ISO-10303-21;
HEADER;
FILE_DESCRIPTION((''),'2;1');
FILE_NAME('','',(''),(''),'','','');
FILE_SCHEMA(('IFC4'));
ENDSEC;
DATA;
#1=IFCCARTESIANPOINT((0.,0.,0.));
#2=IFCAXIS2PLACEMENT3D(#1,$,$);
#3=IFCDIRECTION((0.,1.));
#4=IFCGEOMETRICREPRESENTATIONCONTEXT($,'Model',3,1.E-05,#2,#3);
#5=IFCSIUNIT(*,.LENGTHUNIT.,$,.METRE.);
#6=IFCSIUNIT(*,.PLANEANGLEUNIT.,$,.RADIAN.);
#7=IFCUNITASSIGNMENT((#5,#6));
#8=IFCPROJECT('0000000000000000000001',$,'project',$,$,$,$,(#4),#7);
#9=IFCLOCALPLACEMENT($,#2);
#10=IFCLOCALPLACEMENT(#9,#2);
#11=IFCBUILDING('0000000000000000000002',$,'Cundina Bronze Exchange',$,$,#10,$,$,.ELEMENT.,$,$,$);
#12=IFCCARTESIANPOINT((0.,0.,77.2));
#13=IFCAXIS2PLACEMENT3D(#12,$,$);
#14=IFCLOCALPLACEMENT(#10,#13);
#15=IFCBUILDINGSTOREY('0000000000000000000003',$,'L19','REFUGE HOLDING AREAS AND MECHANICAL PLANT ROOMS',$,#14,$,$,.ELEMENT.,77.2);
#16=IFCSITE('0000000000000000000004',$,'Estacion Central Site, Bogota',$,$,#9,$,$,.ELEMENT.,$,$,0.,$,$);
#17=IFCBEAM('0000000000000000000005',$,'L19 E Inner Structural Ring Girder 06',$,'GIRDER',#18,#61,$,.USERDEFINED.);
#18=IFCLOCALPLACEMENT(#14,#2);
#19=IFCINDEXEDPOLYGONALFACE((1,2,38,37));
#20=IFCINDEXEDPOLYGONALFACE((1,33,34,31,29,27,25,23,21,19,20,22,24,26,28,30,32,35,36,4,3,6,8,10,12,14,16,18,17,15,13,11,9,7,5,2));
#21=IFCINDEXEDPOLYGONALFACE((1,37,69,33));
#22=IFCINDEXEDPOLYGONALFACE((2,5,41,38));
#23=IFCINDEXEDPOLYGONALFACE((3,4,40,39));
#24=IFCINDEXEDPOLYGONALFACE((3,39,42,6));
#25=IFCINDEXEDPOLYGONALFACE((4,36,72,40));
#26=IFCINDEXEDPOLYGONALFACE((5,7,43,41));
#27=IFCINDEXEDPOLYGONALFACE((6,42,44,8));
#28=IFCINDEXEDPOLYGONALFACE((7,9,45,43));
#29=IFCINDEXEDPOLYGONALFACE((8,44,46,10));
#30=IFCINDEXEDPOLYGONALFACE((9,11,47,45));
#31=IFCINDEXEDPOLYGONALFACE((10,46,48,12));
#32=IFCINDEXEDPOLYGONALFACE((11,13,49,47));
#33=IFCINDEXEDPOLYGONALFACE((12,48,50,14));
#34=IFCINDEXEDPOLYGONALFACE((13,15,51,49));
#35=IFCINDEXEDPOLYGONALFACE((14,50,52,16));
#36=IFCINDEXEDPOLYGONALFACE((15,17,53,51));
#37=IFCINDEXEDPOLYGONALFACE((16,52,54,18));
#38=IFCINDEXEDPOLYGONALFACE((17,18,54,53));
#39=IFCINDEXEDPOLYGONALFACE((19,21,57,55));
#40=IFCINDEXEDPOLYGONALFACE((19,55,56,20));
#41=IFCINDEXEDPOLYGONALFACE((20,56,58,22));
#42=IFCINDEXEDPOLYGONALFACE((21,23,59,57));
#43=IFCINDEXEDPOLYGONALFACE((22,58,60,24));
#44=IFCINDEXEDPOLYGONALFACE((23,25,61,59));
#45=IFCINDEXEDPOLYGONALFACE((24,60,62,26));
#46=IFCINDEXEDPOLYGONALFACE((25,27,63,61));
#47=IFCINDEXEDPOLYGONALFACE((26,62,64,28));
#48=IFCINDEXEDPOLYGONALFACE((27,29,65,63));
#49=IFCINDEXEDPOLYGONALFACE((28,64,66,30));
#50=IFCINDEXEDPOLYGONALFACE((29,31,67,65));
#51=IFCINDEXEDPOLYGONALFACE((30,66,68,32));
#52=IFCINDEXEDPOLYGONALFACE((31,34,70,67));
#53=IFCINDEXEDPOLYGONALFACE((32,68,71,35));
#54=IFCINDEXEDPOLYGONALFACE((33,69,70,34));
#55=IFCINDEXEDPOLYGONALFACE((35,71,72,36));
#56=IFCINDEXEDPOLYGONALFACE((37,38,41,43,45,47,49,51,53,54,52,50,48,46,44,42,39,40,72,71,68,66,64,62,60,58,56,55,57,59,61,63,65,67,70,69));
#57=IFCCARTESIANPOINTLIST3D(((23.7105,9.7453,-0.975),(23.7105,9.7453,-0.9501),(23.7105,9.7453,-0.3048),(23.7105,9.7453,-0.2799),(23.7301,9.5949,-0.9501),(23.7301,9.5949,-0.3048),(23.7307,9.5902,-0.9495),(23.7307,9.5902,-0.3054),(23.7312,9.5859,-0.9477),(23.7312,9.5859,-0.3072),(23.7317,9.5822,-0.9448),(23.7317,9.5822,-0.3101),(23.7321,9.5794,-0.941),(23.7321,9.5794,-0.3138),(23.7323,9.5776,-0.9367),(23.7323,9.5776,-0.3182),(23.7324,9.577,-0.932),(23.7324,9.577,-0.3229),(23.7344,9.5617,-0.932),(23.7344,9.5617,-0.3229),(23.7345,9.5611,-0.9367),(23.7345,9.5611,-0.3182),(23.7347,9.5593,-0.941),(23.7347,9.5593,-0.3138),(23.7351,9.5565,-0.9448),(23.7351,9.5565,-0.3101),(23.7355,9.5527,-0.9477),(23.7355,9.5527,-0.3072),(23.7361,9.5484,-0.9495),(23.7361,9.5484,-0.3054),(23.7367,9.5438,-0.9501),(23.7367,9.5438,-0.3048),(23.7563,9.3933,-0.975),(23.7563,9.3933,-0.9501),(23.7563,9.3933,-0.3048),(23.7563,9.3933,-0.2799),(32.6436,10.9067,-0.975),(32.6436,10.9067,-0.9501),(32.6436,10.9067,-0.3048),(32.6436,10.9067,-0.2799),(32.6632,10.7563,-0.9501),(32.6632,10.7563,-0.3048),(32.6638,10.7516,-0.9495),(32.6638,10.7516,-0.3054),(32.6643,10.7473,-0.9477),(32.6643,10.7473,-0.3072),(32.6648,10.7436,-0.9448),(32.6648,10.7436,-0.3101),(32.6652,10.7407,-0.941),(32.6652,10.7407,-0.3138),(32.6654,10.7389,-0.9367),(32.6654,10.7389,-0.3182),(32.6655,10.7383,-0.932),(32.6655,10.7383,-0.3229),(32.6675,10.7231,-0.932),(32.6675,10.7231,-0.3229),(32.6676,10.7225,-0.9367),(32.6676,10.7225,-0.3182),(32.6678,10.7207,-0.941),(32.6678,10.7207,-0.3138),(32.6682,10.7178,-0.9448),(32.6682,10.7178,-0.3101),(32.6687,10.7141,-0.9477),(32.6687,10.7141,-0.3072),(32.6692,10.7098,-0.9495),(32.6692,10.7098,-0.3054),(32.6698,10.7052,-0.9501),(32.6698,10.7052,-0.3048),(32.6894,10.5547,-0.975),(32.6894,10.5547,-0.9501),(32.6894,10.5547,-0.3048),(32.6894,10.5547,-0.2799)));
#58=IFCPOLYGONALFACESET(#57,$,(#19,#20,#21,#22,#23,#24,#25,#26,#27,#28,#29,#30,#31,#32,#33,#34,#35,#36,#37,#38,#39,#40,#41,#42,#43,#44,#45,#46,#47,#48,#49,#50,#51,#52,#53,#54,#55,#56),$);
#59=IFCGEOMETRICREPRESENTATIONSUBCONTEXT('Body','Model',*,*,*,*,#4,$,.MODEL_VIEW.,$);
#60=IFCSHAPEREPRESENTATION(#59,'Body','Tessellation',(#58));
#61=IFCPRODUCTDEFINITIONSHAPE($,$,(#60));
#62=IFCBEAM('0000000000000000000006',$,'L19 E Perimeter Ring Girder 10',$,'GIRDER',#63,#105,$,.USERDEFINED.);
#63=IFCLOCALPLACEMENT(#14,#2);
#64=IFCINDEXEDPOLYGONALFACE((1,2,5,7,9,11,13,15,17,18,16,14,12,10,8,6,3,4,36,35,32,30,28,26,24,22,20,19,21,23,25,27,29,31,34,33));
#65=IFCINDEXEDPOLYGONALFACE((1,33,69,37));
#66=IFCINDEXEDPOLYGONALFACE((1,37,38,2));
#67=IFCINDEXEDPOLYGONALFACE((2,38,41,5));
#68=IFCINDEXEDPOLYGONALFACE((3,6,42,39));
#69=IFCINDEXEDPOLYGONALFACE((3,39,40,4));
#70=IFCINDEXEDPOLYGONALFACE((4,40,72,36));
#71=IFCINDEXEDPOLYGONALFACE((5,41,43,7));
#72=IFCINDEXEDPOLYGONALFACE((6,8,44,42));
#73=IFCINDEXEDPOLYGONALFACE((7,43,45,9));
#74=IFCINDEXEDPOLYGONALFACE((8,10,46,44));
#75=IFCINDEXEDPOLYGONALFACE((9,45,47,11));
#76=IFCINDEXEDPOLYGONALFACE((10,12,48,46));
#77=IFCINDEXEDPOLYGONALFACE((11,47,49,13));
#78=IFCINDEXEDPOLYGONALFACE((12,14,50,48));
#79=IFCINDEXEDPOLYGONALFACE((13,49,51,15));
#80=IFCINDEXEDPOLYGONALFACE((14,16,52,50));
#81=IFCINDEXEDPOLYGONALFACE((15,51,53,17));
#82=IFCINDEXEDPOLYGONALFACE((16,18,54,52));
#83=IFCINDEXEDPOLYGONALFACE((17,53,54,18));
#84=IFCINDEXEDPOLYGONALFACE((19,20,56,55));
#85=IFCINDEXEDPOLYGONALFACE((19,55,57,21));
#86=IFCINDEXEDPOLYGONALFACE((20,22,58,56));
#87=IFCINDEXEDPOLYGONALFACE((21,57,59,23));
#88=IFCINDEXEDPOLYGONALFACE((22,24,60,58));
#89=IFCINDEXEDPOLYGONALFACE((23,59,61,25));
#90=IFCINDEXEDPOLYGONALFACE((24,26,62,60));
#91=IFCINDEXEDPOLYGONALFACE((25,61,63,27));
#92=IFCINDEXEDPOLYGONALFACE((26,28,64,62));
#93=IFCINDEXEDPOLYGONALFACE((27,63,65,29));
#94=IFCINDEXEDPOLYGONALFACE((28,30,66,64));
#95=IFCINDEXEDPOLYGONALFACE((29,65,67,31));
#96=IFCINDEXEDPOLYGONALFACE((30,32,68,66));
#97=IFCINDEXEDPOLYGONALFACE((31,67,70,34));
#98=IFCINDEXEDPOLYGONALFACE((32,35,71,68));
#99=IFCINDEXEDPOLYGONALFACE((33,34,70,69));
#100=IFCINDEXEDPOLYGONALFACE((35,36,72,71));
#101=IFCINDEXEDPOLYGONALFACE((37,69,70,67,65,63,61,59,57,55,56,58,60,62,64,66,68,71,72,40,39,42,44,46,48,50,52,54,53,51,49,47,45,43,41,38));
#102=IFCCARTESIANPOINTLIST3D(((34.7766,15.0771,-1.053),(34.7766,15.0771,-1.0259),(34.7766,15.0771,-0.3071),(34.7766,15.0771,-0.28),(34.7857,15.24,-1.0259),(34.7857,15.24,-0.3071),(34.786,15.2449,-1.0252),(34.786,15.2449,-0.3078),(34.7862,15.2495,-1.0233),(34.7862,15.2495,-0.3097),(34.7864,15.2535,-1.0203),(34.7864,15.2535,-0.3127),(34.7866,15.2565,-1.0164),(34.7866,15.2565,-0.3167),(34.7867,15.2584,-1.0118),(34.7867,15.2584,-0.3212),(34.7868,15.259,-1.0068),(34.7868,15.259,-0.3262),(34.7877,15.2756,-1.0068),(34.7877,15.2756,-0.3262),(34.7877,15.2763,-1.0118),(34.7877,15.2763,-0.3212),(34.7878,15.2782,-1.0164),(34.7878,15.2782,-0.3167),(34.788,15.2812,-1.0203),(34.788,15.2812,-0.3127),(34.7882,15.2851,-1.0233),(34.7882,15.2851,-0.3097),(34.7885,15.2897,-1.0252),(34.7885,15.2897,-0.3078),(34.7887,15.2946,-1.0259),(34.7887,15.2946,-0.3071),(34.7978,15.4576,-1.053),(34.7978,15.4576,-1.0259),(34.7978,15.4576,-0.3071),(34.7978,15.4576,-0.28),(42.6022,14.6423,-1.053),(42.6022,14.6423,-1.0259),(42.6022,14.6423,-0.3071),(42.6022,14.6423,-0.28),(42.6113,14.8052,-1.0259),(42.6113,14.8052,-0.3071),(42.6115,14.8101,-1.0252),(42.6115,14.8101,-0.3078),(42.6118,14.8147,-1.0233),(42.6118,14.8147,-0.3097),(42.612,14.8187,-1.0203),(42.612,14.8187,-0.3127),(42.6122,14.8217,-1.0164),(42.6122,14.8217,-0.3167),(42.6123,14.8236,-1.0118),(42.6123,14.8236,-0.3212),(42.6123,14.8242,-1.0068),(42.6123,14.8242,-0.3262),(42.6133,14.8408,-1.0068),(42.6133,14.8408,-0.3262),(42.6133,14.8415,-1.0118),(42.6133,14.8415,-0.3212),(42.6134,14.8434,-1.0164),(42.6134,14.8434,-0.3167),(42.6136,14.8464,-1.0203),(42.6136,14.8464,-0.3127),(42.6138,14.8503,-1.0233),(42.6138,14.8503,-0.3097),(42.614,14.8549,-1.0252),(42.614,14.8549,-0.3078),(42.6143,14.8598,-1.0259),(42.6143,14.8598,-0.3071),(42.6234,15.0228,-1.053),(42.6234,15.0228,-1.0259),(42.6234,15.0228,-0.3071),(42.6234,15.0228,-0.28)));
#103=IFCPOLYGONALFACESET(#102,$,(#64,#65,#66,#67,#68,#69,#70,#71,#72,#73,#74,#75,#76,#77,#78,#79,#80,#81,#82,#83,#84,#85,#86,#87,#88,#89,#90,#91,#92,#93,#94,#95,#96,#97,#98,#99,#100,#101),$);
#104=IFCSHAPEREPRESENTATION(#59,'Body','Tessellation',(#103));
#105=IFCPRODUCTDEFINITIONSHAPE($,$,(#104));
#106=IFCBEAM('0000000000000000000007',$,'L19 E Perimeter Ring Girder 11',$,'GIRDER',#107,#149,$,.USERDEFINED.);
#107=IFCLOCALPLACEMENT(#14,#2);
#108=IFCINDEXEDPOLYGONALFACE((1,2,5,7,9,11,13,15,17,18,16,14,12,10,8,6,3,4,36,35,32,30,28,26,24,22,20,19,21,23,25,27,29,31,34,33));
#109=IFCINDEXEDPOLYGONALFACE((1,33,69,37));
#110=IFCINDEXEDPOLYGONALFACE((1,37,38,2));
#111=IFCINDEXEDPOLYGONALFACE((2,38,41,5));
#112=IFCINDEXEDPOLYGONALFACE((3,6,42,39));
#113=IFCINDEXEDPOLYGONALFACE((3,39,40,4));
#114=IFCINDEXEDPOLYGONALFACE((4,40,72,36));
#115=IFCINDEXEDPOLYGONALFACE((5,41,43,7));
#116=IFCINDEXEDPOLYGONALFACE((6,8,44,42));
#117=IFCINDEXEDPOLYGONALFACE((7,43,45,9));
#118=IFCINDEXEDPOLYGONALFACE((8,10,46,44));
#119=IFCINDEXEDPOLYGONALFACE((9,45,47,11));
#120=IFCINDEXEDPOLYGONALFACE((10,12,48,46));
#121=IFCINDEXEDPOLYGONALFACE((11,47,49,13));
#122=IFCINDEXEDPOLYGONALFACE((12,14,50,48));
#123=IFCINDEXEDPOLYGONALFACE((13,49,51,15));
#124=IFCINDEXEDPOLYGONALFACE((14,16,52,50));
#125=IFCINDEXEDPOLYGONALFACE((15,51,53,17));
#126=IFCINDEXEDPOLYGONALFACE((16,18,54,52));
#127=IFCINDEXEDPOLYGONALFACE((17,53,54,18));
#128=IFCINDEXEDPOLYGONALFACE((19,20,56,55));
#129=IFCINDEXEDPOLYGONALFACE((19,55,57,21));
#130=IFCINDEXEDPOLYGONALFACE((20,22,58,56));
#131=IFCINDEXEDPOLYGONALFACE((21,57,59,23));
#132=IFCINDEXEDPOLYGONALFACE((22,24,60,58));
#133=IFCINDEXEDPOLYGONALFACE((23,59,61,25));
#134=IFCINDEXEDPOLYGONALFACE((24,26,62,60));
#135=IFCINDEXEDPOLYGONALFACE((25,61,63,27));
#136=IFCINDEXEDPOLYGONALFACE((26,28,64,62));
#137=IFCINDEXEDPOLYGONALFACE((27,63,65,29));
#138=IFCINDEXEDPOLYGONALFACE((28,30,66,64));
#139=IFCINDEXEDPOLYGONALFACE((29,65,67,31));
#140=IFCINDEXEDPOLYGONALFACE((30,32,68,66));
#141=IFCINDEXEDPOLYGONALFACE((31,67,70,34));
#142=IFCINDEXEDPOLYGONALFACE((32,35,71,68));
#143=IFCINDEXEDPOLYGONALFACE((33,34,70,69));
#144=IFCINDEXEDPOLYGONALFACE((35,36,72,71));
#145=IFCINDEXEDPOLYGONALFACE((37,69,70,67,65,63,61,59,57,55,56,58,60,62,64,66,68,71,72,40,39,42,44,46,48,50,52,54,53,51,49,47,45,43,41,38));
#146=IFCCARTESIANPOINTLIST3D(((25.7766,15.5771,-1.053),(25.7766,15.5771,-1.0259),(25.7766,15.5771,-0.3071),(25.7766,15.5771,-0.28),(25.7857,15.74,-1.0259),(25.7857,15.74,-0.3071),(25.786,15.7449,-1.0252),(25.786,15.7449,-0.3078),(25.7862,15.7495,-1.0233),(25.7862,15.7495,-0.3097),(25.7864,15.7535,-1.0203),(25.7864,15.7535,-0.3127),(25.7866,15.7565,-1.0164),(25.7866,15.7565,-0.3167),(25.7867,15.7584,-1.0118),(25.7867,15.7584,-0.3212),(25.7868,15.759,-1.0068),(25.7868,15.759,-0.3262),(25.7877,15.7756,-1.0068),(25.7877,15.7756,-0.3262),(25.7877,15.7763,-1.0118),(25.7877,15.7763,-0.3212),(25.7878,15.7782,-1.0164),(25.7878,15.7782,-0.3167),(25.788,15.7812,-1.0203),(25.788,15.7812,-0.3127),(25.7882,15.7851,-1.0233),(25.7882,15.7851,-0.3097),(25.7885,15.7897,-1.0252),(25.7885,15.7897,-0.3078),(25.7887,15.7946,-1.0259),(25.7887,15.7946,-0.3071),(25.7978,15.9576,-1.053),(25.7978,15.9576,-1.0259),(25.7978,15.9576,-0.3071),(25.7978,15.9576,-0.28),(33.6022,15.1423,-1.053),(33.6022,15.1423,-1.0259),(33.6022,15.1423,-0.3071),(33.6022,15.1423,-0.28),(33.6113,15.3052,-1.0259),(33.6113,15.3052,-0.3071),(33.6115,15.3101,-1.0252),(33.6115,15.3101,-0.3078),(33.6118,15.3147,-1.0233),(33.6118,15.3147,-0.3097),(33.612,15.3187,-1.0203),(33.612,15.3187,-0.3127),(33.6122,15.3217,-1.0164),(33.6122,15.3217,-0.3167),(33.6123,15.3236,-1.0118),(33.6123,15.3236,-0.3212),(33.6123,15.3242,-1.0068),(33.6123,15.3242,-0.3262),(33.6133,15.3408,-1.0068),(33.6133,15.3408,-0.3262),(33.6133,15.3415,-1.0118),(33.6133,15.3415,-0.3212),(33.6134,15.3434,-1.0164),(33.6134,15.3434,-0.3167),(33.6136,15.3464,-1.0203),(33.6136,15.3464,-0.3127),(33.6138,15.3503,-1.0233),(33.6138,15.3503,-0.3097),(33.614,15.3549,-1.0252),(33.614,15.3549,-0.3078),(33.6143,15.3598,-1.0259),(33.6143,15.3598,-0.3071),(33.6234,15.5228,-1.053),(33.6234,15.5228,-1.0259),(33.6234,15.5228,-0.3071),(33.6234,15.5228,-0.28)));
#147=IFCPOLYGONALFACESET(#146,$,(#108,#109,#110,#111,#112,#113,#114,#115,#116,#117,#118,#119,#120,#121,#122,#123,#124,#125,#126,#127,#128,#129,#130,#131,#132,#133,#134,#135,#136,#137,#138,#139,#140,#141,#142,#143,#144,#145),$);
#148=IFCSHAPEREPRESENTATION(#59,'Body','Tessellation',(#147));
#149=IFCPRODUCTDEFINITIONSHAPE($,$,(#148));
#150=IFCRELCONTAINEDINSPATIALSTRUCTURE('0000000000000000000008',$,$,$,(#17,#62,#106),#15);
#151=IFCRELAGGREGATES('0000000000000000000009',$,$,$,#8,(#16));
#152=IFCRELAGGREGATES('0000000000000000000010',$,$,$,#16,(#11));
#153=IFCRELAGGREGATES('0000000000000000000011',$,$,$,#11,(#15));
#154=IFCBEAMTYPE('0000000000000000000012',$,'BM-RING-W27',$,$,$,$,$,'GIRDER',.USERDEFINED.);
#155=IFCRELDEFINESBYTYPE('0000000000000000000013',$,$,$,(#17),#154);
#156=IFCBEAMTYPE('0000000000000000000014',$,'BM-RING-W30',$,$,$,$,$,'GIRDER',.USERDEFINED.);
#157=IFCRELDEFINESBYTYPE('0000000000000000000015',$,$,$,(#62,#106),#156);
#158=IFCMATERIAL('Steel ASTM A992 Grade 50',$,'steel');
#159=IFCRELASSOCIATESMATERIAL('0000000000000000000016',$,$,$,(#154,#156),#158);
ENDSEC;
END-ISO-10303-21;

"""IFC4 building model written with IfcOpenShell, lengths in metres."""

from ifc_helpers import new_model, si_unit, direction, frame, origin, origin_2d, place, context, subcontext, project, spatial, i_section, extrude, material, material_profile, profile_set, type_object, element, save


model = new_model("IFC4")

# Units and contexts
model_context = context("Model", 3, precision=1e-05, world=origin(), true_north=direction((0.0, 1.0)))
body_context = subcontext(model_context, "Body", "Model", "MODEL_VIEW")
ifc_project = project(units=[si_unit("LENGTHUNIT", "METRE"), si_unit("PLANEANGLEUNIT", "RADIAN")], contexts=[model_context])

# Site, building, storey
site_placement = place(None, origin())
site = spatial("IfcSite", under=ifc_project, at=site_placement, Name="Estacion Central Site, Bogota", CompositionType="ELEMENT", RefElevation=0.0)
building_placement = place(site_placement, origin())
building = spatial("IfcBuilding", under=site, at=building_placement, Name="Cundina Bronze Exchange", CompositionType="ELEMENT")
storey_placement = place(building_placement, frame((0.0, 0.0, 77.2)))
storey = spatial("IfcBuildingStorey", under=building, at=storey_placement, Name="L19", Description="REFUGE HOLDING AREAS AND MECHANICAL PLANT ROOMS", CompositionType="ELEMENT", Elevation=77.2)

# Beams
ifc_material_1 = material(Name="Steel ASTM A992 Grade 50", Category="steel")
ifc_material_profile_1 = material_profile(ifc_material_1, i_section(OverallWidth=0.355, OverallDepth=0.6951, WebThickness=0.0154, FlangeThickness=0.0249, FilletRadius=0.0181, at=origin_2d()), Name="W27X146", Category="steel")
ifc_profile_set_1 = profile_set([ifc_material_profile_1], Name="Steel ASTM A992 Grade 50")
beam_type_1 = type_object("IfcBeamType", Name="BM-RING-W27", ElementType="GIRDER", PredefinedType="USERDEFINED", material=ifc_profile_set_1)
beam_1_placement = place(storey_placement, frame((32.6665, 10.7307, -0.6274), z_axis=(-0.991655, -0.128923, 0.0), x_axis=(0.128923, -0.991655, 0.0)))
element("IfcBeam", 1, at=beam_1_placement, inside=storey, type_object=beam_type_1, Name="L19 E Inner Structural Ring Girder 06", ObjectType="GIRDER", PredefinedType="USERDEFINED", context=body_context, shape_type="SweptSolid", body=[
    extrude(i_section(OverallWidth=0.355, OverallDepth=0.6951, WebThickness=0.0154, FlangeThickness=0.0249, FilletRadius=0.0181, at=origin_2d()), origin(), (0.0, 0.0, 1.0), 9.0083),
])
ifc_material_profile_2 = material_profile(ifc_material_1, i_section(OverallWidth=0.3811, OverallDepth=0.7729, WebThickness=0.0166, FlangeThickness=0.0271, FilletRadius=0.019, at=origin_2d()), Name="W30X173", Category="steel")
ifc_profile_set_2 = profile_set([ifc_material_profile_2], Name="Steel ASTM A992 Grade 50")
beam_type_2 = type_object("IfcBeamType", Name="BM-RING-W30", ElementType="GIRDER", PredefinedType="USERDEFINED", material=ifc_profile_set_2)
for number, where, z_axis, x_axis, name in (
    (2, (42.6128, 14.8325, -0.6665), (-0.99846, 0.055477, 0.0), (-0.055477, -0.99846, 0.0), "L19 E Perimeter Ring Girder 10"),
    (3, (33.6128, 15.3325, -0.6665), (-0.99846, 0.055477, 0.0), (-0.055477, -0.99846, 0.0), "L19 E Perimeter Ring Girder 11"),
):
    element("IfcBeam", number, at=place(storey_placement, frame(where, z_axis=z_axis, x_axis=x_axis)), inside=storey, type_object=beam_type_2, Name=name, ObjectType="GIRDER", PredefinedType="USERDEFINED", context=body_context, shape_type="SweptSolid", body=[
        extrude(i_section(OverallWidth=0.3811, OverallDepth=0.7729, WebThickness=0.0166, FlangeThickness=0.0271, FilletRadius=0.019, at=origin_2d()), origin(), (0.0, 0.0, 1.0), 7.8376),
    ])

save(model, "model.ifc")
